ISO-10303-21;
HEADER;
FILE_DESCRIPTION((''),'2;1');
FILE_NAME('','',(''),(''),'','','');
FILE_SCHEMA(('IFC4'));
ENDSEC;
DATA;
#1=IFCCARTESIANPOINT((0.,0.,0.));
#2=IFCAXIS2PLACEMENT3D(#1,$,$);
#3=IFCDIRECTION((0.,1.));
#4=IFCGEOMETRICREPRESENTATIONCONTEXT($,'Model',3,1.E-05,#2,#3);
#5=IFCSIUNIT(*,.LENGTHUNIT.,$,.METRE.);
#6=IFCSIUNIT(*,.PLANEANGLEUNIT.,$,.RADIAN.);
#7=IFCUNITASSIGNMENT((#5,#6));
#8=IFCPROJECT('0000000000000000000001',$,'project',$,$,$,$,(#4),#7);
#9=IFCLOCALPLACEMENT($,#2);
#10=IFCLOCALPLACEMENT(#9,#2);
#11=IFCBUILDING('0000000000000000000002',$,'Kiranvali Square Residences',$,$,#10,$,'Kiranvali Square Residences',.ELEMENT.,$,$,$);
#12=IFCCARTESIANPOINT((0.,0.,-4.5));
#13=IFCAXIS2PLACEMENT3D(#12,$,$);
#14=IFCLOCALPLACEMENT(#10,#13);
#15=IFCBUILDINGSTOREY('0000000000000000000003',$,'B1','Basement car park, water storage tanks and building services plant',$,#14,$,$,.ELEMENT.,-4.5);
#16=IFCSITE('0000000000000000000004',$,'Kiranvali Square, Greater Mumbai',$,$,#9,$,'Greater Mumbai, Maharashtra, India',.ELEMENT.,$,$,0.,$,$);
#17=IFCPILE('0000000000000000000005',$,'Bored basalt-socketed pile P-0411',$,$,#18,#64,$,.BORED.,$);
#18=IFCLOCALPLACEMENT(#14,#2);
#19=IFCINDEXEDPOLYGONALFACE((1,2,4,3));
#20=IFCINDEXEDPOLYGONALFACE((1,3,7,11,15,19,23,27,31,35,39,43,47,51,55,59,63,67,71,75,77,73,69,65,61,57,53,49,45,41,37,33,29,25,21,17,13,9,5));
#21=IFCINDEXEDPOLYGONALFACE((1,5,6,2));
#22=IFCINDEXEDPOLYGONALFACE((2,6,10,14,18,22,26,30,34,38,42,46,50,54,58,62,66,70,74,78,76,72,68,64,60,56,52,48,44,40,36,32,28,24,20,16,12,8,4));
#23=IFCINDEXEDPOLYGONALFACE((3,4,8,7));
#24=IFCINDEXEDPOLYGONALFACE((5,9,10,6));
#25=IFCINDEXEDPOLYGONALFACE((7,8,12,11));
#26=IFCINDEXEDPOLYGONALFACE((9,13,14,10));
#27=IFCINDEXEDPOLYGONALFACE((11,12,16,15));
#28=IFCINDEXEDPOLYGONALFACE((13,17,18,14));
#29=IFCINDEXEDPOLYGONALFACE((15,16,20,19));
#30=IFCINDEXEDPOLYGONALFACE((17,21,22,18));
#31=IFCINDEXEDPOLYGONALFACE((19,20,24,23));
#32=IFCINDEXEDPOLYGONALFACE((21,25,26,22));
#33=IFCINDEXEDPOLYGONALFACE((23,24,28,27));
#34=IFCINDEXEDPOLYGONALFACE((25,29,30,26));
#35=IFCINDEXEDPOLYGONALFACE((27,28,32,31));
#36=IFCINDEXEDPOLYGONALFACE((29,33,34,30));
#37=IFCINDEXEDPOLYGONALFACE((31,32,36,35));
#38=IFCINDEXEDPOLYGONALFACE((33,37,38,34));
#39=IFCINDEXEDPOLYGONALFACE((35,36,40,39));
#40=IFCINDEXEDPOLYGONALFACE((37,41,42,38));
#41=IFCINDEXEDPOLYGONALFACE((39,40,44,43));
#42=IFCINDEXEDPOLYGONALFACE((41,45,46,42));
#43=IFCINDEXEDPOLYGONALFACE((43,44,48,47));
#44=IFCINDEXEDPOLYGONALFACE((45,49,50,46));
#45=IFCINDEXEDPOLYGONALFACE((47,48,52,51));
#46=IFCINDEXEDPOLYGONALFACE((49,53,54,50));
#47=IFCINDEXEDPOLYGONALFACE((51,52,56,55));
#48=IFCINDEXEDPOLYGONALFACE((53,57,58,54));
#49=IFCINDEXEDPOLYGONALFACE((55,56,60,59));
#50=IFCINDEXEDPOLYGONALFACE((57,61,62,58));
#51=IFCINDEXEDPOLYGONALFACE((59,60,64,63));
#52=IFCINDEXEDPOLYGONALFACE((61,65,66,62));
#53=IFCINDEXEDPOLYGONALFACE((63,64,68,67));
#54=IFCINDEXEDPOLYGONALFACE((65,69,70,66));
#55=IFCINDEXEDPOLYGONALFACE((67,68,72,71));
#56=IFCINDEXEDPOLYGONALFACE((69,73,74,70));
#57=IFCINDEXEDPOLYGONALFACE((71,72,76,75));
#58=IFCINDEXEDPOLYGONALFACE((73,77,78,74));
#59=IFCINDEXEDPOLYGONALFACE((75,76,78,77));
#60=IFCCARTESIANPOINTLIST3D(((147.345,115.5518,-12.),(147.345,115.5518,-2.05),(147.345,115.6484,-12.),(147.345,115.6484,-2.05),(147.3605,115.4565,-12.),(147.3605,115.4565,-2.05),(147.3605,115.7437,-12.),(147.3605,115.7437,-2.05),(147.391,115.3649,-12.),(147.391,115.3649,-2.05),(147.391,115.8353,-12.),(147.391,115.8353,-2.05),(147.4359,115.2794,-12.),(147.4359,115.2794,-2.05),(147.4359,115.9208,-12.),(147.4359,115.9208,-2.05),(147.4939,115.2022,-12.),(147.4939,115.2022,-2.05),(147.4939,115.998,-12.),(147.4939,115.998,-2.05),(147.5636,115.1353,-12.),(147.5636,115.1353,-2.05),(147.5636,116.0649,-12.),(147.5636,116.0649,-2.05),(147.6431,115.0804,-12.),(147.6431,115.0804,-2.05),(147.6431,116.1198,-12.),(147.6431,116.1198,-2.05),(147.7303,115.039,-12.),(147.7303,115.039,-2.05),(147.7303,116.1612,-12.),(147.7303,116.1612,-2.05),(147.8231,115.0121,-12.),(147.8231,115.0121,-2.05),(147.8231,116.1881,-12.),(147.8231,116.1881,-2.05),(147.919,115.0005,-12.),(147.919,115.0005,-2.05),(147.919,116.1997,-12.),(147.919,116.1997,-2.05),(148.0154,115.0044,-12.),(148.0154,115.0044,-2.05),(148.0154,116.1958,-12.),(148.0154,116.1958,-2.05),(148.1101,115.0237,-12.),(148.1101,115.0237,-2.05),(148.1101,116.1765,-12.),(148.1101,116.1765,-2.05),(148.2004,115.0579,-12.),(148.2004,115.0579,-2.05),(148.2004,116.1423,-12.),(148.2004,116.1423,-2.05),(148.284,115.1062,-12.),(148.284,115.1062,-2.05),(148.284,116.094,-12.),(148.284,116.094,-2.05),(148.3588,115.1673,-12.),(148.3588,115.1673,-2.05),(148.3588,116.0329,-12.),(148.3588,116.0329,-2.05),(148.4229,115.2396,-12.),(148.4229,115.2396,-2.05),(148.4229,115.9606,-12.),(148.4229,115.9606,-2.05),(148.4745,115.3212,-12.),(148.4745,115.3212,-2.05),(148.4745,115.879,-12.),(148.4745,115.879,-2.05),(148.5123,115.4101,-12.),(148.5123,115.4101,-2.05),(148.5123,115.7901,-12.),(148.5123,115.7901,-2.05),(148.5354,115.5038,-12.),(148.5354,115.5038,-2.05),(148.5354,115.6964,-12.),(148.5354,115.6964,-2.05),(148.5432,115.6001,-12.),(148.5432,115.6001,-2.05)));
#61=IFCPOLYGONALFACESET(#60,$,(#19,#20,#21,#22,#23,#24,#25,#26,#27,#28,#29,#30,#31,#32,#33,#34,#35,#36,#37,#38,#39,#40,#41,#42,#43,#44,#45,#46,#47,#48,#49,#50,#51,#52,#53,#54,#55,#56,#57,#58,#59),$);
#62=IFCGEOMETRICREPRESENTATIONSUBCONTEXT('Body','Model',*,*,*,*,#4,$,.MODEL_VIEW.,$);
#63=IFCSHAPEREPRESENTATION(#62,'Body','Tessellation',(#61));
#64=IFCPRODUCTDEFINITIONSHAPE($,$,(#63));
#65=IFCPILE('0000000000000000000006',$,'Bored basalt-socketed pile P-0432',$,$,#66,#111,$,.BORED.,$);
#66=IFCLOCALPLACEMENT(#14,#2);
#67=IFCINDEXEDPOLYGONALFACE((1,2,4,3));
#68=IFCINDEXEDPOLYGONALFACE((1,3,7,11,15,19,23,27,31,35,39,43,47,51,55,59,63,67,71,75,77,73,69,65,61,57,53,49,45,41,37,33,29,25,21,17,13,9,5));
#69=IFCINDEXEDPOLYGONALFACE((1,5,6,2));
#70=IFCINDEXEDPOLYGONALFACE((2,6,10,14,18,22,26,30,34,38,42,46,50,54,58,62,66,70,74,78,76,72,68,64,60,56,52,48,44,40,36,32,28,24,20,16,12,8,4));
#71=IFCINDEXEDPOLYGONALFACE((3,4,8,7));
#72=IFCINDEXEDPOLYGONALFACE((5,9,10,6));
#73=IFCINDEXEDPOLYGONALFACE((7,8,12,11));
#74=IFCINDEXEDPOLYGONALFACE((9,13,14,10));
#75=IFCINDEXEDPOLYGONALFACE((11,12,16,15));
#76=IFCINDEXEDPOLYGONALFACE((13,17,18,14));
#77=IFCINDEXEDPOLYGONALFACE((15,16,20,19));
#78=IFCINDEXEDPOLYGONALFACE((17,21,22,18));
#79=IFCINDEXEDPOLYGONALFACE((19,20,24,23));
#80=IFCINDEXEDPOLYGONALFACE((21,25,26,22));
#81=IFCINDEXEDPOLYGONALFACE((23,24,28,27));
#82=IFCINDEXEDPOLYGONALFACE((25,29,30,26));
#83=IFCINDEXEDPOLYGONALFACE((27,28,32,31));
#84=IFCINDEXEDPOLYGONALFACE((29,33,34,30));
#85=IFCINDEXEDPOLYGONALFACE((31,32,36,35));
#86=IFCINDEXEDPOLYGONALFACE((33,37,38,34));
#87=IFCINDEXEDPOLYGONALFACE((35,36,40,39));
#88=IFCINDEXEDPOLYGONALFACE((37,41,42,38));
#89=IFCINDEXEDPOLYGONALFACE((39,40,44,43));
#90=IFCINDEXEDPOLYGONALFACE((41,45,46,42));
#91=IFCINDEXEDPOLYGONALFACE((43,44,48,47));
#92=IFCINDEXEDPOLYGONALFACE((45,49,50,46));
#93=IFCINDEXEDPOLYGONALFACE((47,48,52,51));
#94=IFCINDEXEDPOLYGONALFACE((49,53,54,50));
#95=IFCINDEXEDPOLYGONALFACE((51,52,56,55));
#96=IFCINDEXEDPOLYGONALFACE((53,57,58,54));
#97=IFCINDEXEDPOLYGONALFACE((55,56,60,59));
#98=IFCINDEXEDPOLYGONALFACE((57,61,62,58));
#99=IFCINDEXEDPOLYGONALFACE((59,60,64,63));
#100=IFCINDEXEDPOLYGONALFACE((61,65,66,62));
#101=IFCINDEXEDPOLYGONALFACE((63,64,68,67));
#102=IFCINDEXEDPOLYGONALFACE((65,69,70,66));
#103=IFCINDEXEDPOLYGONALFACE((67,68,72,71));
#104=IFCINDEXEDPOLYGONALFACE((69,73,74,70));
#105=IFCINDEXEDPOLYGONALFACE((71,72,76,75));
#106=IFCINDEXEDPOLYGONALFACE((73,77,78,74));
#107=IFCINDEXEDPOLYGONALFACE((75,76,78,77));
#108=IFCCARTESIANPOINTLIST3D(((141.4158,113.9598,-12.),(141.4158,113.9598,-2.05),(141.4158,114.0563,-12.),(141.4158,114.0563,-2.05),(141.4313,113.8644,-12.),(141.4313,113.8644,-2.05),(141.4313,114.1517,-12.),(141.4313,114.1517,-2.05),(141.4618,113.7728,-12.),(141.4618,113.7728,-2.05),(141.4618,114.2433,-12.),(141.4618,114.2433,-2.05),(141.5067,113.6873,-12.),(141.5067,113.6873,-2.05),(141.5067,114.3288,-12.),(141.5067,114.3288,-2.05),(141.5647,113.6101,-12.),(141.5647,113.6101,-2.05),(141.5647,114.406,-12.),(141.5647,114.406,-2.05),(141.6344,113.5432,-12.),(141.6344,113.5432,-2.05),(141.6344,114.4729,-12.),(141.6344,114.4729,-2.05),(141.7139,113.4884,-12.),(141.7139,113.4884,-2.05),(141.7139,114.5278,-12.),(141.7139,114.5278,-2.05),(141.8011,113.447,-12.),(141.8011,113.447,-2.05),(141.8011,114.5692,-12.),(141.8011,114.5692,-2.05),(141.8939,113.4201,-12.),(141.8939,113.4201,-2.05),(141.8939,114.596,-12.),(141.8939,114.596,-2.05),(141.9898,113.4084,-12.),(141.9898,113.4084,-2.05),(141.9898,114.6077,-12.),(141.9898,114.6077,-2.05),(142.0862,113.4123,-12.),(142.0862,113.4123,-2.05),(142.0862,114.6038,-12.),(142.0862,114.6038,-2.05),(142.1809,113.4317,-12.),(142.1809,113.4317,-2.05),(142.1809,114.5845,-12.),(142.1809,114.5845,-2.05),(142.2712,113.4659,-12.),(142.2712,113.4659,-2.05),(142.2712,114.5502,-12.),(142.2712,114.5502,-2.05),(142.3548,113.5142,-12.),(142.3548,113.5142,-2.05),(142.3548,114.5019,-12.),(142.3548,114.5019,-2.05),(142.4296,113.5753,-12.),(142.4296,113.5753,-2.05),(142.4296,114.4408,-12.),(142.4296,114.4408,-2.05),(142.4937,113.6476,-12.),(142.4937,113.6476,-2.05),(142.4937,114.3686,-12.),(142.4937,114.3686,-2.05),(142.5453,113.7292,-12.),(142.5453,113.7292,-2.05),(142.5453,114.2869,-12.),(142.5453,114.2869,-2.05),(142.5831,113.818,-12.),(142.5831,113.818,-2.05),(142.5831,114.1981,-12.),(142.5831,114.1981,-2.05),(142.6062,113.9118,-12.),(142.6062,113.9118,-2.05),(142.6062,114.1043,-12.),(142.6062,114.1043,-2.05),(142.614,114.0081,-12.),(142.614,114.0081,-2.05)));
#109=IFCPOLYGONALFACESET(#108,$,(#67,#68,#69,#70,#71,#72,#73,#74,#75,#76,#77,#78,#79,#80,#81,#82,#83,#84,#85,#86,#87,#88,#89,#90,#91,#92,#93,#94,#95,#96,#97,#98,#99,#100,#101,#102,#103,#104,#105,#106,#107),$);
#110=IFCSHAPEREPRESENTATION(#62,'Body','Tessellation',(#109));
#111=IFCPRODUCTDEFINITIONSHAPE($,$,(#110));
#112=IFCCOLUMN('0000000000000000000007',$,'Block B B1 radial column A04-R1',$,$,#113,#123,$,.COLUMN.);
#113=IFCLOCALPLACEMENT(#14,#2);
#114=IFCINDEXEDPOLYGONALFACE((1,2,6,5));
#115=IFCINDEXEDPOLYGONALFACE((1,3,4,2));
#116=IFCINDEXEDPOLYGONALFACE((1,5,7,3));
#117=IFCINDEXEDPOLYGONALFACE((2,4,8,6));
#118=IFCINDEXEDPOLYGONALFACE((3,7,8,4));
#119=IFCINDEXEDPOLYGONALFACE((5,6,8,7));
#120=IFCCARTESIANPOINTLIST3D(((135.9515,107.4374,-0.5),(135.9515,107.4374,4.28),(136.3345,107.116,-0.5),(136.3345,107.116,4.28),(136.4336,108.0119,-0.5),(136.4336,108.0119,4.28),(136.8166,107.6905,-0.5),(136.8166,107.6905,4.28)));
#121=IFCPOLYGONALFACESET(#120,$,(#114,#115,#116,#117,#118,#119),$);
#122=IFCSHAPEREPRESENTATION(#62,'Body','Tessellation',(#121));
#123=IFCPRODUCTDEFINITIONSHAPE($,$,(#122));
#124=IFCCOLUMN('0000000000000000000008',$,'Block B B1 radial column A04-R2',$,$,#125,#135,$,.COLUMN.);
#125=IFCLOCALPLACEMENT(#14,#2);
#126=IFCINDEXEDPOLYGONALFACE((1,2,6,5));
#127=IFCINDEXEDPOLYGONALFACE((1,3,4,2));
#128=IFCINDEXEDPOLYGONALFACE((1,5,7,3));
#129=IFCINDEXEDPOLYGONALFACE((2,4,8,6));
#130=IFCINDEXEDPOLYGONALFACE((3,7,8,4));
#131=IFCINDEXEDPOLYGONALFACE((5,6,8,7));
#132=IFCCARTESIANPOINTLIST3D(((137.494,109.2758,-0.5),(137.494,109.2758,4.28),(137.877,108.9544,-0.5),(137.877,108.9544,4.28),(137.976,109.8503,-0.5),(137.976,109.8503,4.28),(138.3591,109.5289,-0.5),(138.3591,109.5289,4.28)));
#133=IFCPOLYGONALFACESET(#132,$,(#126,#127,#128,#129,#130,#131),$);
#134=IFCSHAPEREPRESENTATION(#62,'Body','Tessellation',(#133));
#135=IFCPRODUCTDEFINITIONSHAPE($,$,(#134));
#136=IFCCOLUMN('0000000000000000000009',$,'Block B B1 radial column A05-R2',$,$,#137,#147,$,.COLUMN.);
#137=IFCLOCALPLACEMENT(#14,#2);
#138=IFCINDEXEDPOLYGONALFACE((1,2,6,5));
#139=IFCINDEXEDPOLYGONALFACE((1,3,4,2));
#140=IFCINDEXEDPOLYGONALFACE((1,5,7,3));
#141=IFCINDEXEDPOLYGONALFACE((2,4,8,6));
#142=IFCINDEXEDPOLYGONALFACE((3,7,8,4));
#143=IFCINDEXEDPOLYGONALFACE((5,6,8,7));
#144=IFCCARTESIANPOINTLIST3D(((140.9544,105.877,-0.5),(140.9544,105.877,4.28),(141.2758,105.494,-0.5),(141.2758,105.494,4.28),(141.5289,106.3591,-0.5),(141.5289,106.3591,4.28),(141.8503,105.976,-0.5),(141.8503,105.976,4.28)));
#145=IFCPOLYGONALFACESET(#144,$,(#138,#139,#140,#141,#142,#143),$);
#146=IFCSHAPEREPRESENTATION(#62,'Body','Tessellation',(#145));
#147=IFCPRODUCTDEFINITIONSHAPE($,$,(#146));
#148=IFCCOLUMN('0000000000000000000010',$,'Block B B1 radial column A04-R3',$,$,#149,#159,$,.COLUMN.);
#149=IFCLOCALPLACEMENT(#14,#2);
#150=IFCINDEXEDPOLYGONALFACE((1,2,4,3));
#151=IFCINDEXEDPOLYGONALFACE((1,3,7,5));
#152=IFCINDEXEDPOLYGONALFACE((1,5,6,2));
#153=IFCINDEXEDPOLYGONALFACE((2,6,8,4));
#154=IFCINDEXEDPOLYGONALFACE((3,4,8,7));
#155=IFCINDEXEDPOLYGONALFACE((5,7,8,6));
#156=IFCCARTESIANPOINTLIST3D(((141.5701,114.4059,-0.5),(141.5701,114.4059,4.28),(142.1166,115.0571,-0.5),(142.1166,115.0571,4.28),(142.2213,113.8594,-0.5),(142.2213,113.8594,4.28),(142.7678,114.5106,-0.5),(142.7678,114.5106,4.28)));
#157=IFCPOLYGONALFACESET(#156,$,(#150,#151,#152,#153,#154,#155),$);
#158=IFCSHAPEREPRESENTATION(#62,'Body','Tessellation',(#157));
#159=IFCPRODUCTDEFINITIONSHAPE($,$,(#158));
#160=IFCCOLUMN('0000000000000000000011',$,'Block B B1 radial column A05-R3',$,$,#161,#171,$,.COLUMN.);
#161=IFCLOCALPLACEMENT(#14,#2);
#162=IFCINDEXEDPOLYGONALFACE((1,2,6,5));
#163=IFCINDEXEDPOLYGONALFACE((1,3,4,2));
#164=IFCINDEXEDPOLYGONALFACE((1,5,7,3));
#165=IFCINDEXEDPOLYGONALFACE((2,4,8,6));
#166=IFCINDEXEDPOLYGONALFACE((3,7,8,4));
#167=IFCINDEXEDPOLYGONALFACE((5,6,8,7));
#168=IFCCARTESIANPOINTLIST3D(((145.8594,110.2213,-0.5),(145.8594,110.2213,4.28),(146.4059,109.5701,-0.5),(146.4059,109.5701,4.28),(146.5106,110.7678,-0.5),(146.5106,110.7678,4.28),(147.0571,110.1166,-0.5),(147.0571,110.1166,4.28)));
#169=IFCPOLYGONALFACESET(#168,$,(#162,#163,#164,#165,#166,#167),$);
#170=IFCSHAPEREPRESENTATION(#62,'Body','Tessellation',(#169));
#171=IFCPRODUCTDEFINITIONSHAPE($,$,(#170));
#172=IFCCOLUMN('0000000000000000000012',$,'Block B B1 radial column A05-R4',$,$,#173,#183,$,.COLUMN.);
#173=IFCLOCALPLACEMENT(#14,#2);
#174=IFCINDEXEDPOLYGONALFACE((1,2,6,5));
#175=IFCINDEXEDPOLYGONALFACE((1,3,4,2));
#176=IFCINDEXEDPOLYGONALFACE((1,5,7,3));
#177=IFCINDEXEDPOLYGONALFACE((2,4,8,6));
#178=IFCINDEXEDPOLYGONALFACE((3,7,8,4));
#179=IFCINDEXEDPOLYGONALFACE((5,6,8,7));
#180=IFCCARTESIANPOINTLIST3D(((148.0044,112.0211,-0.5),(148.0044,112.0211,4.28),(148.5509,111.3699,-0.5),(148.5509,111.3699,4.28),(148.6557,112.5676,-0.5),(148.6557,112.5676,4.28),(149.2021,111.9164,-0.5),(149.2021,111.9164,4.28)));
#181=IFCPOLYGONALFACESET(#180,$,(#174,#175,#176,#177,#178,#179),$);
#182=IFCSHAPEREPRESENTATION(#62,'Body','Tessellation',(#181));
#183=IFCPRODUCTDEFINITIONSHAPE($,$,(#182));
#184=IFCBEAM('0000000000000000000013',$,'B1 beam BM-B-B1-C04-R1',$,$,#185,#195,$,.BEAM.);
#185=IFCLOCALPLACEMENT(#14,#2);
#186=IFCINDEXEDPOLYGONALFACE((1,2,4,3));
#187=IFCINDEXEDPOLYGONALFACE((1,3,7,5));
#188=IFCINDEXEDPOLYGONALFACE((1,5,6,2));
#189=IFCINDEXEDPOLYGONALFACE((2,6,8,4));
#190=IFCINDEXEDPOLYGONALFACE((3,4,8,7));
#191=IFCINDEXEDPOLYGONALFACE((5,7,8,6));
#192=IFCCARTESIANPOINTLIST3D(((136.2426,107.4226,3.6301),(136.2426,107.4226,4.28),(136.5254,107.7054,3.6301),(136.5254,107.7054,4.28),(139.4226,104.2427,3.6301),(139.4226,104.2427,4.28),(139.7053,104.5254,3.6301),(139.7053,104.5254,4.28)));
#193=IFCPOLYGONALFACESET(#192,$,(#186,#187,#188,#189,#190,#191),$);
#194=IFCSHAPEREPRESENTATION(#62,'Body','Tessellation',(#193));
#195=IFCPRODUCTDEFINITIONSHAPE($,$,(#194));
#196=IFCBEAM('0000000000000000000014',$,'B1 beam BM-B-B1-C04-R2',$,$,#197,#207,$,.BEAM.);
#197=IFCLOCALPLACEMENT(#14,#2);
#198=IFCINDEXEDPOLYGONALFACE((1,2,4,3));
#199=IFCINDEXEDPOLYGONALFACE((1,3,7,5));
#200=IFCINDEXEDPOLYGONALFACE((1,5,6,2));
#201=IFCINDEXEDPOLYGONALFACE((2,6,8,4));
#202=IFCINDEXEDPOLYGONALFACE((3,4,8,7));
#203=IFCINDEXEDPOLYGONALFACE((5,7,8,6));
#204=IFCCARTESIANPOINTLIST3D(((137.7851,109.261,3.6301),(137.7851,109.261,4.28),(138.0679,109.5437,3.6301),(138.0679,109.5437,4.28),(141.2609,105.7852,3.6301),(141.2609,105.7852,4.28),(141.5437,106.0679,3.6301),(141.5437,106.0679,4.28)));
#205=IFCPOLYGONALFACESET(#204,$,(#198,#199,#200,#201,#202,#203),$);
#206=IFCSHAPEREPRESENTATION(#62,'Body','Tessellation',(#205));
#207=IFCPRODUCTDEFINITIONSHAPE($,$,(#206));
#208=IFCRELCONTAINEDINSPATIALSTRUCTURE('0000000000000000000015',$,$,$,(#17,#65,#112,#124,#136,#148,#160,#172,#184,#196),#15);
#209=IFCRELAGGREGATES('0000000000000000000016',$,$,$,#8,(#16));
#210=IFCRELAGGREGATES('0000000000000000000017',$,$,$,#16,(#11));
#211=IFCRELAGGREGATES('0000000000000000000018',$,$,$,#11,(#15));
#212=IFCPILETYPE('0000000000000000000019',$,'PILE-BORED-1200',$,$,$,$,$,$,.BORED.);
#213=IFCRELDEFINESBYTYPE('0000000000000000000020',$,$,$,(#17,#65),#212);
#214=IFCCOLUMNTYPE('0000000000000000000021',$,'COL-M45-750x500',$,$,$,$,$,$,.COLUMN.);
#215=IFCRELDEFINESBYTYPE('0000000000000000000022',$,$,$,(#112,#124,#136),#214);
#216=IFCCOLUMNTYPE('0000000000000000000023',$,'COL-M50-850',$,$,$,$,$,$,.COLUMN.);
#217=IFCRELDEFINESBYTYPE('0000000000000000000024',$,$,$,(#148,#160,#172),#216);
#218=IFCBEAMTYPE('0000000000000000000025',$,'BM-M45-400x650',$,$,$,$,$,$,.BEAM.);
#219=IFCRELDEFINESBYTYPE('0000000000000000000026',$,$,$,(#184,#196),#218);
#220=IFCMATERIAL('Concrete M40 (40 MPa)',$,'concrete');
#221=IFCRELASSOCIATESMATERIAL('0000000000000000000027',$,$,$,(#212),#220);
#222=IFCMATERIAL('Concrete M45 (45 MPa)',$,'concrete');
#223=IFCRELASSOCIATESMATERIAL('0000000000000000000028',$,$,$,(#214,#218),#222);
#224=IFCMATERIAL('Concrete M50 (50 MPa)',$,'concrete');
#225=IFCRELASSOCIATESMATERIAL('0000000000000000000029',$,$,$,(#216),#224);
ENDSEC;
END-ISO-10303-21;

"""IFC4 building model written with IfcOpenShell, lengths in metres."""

from ifc_helpers import new_model, si_unit, direction, frame, origin, origin_2d, place, context, subcontext, project, spatial, rectangle, circle, extrude, material, material_profile, profile_set, type_object, element, save


model = new_model("IFC4")

# Units and contexts
model_context = context("Model", 3, precision=1e-05, world=origin(), true_north=direction((0.0, 1.0)))
body_context = subcontext(model_context, "Body", "Model", "MODEL_VIEW")
ifc_project = project(units=[si_unit("LENGTHUNIT", "METRE"), si_unit("PLANEANGLEUNIT", "RADIAN")], contexts=[model_context])

# Site, building, storey
site_placement = place(None, origin())
site = spatial("IfcSite", under=ifc_project, at=site_placement, Name="Kiranvali Square, Greater Mumbai", LongName="Greater Mumbai, Maharashtra, India", CompositionType="ELEMENT", RefElevation=0.0)
building_placement = place(site_placement, origin())
building = spatial("IfcBuilding", under=site, at=building_placement, Name="Kiranvali Square Residences", LongName="Kiranvali Square Residences", CompositionType="ELEMENT")
storey_placement = place(building_placement, frame((0.0, 0.0, -4.5)))
storey = spatial("IfcBuildingStorey", under=building, at=storey_placement, Name="B1", Description="Basement car park, water storage tanks and building services plant", CompositionType="ELEMENT", Elevation=-4.5)

# Shared definitions
ifc_material_1 = material(Name="Concrete M40 (40 MPa)", Category="concrete")

# Piles
ifc_material_profile_1 = material_profile(ifc_material_1, circle(Radius=0.6001, at=origin_2d()), Name="BORED PILE 1200")
ifc_profile_set_1 = profile_set([ifc_material_profile_1], Name="Concrete M40 (40 MPa)")
pile_type = type_object("IfcPileType", Name="PILE-BORED-1200", PredefinedType="BORED", material=ifc_profile_set_1)
for number, where, z_axis, x_axis, name in (
    (1, (147.9431, 115.6001, -2.05), (0.0, 0.0, -1.0), (1.0, 0.0, 0.0), "Bored basalt-socketed pile P-0411"),
    (2, (142.0139, 114.0081, -2.05), (0.0, 0.0, -1.0), (1.0, 0.0, 0.0), "Bored basalt-socketed pile P-0432"),
):
    element("IfcPile", number, at=place(storey_placement, frame(where, z_axis=z_axis, x_axis=x_axis)), inside=storey, type_object=pile_type, Name=name, PredefinedType="BORED", context=body_context, shape_type="SweptSolid", body=[
        extrude(circle(Radius=0.6001, at=origin_2d()), origin(), (0.0, 0.0, 1.0), 9.95),
    ])

# Columns
ifc_material_2 = material(Name="Concrete M45 (45 MPa)", Category="concrete")
ifc_material_profile_2 = material_profile(ifc_material_2, rectangle(XDim=0.5, YDim=0.75, at=origin_2d()), Name="RC 750x500")
ifc_profile_set_2 = profile_set([ifc_material_profile_2], Name="Concrete M45 (45 MPa)")
column_type_1 = type_object("IfcColumnType", Name="COL-M45-750x500", PredefinedType="COLUMN", material=ifc_profile_set_2)
for number, where, z_axis, x_axis, name in (
    (3, (136.384, 107.564, -0.5), (0.0, 0.0, 1.0), (-0.766044, 0.642788, 0.0), "Block B B1 radial column A04-R1"),
    (4, (137.9265, 109.4023, -0.5), (0.0, 0.0, 1.0), (-0.766044, 0.642788, 0.0), "Block B B1 radial column A04-R2"),
    (5, (141.4023, 105.9265, -0.5), (0.0, 0.0, 1.0), (-0.642788, 0.766044, 0.0), "Block B B1 radial column A05-R2"),
):
    element("IfcColumn", number, at=place(storey_placement, frame(where, z_axis=z_axis, x_axis=x_axis)), inside=storey, type_object=column_type_1, Name=name, PredefinedType="COLUMN", context=body_context, shape_type="SweptSolid", body=[
        extrude(rectangle(XDim=0.5, YDim=0.75, at=origin_2d()), origin(), (0.0, 0.0, 1.0), 4.78),
    ])
ifc_material_3 = material(Name="Concrete M50 (50 MPa)", Category="concrete")
ifc_material_profile_3 = material_profile(ifc_material_3, rectangle(XDim=0.8501, YDim=0.8501, at=origin_2d()), Name="RC 850x850")
ifc_profile_set_3 = profile_set([ifc_material_profile_3], Name="Concrete M50 (50 MPa)")
column_type_2 = type_object("IfcColumnType", Name="COL-M50-850", PredefinedType="COLUMN", material=ifc_profile_set_3)
for number, where, z_axis, x_axis, name in (
    (6, (142.1689, 114.4583, -0.5), (0.0, 0.0, 1.0), (-0.766044, 0.642788, 0.0), "Block B B1 radial column A04-R3"),
    (7, (146.4583, 110.1689, -0.5), (0.0, 0.0, 1.0), (-0.642788, 0.766044, 0.0), "Block B B1 radial column A05-R3"),
    (8, (148.6033, 111.9688, -0.5), (0.0, 0.0, 1.0), (-0.642788, 0.766044, 0.0), "Block B B1 radial column A05-R4"),
):
    element("IfcColumn", number, at=place(storey_placement, frame(where, z_axis=z_axis, x_axis=x_axis)), inside=storey, type_object=column_type_2, Name=name, PredefinedType="COLUMN", context=body_context, shape_type="SweptSolid", body=[
        extrude(rectangle(XDim=0.8501, YDim=0.8501, at=origin_2d()), origin(), (0.0, 0.0, 1.0), 4.78),
    ])

# Beams
ifc_material_profile_4 = material_profile(ifc_material_2, rectangle(XDim=0.3999, YDim=0.6499, at=origin_2d()), Name="RC 400x650")
ifc_profile_set_4 = profile_set([ifc_material_profile_4], Name="Concrete M45 (45 MPa)")
beam_type = type_object("IfcBeamType", Name="BM-M45-400x650", PredefinedType="BEAM", material=ifc_profile_set_4)
beam_1_placement = place(storey_placement, frame((136.384, 107.564, 3.9551), z_axis=(0.707107, -0.707107, 0.0), x_axis=(0.707107, 0.707107, 0.0)))
element("IfcBeam", 9, at=beam_1_placement, inside=storey, type_object=beam_type, Name="B1 beam BM-B-B1-C04-R1", PredefinedType="BEAM", context=body_context, shape_type="SweptSolid", body=[
    extrude(rectangle(XDim=0.3999, YDim=0.6499, at=origin_2d()), origin(), (0.0, 0.0, 1.0), 4.4971),
])
beam_2_placement = place(storey_placement, frame((137.9265, 109.4023, 3.9551), z_axis=(0.707107, -0.707107, 0.0), x_axis=(0.707107, 0.707107, 0.0)))
element("IfcBeam", 10, at=beam_2_placement, inside=storey, type_object=beam_type, Name="B1 beam BM-B-B1-C04-R2", PredefinedType="BEAM", context=body_context, shape_type="SweptSolid", body=[
    extrude(rectangle(XDim=0.3999, YDim=0.6499, at=origin_2d()), origin(), (0.0, 0.0, 1.0), 4.9155),
])

save(model, "model.ifc")
